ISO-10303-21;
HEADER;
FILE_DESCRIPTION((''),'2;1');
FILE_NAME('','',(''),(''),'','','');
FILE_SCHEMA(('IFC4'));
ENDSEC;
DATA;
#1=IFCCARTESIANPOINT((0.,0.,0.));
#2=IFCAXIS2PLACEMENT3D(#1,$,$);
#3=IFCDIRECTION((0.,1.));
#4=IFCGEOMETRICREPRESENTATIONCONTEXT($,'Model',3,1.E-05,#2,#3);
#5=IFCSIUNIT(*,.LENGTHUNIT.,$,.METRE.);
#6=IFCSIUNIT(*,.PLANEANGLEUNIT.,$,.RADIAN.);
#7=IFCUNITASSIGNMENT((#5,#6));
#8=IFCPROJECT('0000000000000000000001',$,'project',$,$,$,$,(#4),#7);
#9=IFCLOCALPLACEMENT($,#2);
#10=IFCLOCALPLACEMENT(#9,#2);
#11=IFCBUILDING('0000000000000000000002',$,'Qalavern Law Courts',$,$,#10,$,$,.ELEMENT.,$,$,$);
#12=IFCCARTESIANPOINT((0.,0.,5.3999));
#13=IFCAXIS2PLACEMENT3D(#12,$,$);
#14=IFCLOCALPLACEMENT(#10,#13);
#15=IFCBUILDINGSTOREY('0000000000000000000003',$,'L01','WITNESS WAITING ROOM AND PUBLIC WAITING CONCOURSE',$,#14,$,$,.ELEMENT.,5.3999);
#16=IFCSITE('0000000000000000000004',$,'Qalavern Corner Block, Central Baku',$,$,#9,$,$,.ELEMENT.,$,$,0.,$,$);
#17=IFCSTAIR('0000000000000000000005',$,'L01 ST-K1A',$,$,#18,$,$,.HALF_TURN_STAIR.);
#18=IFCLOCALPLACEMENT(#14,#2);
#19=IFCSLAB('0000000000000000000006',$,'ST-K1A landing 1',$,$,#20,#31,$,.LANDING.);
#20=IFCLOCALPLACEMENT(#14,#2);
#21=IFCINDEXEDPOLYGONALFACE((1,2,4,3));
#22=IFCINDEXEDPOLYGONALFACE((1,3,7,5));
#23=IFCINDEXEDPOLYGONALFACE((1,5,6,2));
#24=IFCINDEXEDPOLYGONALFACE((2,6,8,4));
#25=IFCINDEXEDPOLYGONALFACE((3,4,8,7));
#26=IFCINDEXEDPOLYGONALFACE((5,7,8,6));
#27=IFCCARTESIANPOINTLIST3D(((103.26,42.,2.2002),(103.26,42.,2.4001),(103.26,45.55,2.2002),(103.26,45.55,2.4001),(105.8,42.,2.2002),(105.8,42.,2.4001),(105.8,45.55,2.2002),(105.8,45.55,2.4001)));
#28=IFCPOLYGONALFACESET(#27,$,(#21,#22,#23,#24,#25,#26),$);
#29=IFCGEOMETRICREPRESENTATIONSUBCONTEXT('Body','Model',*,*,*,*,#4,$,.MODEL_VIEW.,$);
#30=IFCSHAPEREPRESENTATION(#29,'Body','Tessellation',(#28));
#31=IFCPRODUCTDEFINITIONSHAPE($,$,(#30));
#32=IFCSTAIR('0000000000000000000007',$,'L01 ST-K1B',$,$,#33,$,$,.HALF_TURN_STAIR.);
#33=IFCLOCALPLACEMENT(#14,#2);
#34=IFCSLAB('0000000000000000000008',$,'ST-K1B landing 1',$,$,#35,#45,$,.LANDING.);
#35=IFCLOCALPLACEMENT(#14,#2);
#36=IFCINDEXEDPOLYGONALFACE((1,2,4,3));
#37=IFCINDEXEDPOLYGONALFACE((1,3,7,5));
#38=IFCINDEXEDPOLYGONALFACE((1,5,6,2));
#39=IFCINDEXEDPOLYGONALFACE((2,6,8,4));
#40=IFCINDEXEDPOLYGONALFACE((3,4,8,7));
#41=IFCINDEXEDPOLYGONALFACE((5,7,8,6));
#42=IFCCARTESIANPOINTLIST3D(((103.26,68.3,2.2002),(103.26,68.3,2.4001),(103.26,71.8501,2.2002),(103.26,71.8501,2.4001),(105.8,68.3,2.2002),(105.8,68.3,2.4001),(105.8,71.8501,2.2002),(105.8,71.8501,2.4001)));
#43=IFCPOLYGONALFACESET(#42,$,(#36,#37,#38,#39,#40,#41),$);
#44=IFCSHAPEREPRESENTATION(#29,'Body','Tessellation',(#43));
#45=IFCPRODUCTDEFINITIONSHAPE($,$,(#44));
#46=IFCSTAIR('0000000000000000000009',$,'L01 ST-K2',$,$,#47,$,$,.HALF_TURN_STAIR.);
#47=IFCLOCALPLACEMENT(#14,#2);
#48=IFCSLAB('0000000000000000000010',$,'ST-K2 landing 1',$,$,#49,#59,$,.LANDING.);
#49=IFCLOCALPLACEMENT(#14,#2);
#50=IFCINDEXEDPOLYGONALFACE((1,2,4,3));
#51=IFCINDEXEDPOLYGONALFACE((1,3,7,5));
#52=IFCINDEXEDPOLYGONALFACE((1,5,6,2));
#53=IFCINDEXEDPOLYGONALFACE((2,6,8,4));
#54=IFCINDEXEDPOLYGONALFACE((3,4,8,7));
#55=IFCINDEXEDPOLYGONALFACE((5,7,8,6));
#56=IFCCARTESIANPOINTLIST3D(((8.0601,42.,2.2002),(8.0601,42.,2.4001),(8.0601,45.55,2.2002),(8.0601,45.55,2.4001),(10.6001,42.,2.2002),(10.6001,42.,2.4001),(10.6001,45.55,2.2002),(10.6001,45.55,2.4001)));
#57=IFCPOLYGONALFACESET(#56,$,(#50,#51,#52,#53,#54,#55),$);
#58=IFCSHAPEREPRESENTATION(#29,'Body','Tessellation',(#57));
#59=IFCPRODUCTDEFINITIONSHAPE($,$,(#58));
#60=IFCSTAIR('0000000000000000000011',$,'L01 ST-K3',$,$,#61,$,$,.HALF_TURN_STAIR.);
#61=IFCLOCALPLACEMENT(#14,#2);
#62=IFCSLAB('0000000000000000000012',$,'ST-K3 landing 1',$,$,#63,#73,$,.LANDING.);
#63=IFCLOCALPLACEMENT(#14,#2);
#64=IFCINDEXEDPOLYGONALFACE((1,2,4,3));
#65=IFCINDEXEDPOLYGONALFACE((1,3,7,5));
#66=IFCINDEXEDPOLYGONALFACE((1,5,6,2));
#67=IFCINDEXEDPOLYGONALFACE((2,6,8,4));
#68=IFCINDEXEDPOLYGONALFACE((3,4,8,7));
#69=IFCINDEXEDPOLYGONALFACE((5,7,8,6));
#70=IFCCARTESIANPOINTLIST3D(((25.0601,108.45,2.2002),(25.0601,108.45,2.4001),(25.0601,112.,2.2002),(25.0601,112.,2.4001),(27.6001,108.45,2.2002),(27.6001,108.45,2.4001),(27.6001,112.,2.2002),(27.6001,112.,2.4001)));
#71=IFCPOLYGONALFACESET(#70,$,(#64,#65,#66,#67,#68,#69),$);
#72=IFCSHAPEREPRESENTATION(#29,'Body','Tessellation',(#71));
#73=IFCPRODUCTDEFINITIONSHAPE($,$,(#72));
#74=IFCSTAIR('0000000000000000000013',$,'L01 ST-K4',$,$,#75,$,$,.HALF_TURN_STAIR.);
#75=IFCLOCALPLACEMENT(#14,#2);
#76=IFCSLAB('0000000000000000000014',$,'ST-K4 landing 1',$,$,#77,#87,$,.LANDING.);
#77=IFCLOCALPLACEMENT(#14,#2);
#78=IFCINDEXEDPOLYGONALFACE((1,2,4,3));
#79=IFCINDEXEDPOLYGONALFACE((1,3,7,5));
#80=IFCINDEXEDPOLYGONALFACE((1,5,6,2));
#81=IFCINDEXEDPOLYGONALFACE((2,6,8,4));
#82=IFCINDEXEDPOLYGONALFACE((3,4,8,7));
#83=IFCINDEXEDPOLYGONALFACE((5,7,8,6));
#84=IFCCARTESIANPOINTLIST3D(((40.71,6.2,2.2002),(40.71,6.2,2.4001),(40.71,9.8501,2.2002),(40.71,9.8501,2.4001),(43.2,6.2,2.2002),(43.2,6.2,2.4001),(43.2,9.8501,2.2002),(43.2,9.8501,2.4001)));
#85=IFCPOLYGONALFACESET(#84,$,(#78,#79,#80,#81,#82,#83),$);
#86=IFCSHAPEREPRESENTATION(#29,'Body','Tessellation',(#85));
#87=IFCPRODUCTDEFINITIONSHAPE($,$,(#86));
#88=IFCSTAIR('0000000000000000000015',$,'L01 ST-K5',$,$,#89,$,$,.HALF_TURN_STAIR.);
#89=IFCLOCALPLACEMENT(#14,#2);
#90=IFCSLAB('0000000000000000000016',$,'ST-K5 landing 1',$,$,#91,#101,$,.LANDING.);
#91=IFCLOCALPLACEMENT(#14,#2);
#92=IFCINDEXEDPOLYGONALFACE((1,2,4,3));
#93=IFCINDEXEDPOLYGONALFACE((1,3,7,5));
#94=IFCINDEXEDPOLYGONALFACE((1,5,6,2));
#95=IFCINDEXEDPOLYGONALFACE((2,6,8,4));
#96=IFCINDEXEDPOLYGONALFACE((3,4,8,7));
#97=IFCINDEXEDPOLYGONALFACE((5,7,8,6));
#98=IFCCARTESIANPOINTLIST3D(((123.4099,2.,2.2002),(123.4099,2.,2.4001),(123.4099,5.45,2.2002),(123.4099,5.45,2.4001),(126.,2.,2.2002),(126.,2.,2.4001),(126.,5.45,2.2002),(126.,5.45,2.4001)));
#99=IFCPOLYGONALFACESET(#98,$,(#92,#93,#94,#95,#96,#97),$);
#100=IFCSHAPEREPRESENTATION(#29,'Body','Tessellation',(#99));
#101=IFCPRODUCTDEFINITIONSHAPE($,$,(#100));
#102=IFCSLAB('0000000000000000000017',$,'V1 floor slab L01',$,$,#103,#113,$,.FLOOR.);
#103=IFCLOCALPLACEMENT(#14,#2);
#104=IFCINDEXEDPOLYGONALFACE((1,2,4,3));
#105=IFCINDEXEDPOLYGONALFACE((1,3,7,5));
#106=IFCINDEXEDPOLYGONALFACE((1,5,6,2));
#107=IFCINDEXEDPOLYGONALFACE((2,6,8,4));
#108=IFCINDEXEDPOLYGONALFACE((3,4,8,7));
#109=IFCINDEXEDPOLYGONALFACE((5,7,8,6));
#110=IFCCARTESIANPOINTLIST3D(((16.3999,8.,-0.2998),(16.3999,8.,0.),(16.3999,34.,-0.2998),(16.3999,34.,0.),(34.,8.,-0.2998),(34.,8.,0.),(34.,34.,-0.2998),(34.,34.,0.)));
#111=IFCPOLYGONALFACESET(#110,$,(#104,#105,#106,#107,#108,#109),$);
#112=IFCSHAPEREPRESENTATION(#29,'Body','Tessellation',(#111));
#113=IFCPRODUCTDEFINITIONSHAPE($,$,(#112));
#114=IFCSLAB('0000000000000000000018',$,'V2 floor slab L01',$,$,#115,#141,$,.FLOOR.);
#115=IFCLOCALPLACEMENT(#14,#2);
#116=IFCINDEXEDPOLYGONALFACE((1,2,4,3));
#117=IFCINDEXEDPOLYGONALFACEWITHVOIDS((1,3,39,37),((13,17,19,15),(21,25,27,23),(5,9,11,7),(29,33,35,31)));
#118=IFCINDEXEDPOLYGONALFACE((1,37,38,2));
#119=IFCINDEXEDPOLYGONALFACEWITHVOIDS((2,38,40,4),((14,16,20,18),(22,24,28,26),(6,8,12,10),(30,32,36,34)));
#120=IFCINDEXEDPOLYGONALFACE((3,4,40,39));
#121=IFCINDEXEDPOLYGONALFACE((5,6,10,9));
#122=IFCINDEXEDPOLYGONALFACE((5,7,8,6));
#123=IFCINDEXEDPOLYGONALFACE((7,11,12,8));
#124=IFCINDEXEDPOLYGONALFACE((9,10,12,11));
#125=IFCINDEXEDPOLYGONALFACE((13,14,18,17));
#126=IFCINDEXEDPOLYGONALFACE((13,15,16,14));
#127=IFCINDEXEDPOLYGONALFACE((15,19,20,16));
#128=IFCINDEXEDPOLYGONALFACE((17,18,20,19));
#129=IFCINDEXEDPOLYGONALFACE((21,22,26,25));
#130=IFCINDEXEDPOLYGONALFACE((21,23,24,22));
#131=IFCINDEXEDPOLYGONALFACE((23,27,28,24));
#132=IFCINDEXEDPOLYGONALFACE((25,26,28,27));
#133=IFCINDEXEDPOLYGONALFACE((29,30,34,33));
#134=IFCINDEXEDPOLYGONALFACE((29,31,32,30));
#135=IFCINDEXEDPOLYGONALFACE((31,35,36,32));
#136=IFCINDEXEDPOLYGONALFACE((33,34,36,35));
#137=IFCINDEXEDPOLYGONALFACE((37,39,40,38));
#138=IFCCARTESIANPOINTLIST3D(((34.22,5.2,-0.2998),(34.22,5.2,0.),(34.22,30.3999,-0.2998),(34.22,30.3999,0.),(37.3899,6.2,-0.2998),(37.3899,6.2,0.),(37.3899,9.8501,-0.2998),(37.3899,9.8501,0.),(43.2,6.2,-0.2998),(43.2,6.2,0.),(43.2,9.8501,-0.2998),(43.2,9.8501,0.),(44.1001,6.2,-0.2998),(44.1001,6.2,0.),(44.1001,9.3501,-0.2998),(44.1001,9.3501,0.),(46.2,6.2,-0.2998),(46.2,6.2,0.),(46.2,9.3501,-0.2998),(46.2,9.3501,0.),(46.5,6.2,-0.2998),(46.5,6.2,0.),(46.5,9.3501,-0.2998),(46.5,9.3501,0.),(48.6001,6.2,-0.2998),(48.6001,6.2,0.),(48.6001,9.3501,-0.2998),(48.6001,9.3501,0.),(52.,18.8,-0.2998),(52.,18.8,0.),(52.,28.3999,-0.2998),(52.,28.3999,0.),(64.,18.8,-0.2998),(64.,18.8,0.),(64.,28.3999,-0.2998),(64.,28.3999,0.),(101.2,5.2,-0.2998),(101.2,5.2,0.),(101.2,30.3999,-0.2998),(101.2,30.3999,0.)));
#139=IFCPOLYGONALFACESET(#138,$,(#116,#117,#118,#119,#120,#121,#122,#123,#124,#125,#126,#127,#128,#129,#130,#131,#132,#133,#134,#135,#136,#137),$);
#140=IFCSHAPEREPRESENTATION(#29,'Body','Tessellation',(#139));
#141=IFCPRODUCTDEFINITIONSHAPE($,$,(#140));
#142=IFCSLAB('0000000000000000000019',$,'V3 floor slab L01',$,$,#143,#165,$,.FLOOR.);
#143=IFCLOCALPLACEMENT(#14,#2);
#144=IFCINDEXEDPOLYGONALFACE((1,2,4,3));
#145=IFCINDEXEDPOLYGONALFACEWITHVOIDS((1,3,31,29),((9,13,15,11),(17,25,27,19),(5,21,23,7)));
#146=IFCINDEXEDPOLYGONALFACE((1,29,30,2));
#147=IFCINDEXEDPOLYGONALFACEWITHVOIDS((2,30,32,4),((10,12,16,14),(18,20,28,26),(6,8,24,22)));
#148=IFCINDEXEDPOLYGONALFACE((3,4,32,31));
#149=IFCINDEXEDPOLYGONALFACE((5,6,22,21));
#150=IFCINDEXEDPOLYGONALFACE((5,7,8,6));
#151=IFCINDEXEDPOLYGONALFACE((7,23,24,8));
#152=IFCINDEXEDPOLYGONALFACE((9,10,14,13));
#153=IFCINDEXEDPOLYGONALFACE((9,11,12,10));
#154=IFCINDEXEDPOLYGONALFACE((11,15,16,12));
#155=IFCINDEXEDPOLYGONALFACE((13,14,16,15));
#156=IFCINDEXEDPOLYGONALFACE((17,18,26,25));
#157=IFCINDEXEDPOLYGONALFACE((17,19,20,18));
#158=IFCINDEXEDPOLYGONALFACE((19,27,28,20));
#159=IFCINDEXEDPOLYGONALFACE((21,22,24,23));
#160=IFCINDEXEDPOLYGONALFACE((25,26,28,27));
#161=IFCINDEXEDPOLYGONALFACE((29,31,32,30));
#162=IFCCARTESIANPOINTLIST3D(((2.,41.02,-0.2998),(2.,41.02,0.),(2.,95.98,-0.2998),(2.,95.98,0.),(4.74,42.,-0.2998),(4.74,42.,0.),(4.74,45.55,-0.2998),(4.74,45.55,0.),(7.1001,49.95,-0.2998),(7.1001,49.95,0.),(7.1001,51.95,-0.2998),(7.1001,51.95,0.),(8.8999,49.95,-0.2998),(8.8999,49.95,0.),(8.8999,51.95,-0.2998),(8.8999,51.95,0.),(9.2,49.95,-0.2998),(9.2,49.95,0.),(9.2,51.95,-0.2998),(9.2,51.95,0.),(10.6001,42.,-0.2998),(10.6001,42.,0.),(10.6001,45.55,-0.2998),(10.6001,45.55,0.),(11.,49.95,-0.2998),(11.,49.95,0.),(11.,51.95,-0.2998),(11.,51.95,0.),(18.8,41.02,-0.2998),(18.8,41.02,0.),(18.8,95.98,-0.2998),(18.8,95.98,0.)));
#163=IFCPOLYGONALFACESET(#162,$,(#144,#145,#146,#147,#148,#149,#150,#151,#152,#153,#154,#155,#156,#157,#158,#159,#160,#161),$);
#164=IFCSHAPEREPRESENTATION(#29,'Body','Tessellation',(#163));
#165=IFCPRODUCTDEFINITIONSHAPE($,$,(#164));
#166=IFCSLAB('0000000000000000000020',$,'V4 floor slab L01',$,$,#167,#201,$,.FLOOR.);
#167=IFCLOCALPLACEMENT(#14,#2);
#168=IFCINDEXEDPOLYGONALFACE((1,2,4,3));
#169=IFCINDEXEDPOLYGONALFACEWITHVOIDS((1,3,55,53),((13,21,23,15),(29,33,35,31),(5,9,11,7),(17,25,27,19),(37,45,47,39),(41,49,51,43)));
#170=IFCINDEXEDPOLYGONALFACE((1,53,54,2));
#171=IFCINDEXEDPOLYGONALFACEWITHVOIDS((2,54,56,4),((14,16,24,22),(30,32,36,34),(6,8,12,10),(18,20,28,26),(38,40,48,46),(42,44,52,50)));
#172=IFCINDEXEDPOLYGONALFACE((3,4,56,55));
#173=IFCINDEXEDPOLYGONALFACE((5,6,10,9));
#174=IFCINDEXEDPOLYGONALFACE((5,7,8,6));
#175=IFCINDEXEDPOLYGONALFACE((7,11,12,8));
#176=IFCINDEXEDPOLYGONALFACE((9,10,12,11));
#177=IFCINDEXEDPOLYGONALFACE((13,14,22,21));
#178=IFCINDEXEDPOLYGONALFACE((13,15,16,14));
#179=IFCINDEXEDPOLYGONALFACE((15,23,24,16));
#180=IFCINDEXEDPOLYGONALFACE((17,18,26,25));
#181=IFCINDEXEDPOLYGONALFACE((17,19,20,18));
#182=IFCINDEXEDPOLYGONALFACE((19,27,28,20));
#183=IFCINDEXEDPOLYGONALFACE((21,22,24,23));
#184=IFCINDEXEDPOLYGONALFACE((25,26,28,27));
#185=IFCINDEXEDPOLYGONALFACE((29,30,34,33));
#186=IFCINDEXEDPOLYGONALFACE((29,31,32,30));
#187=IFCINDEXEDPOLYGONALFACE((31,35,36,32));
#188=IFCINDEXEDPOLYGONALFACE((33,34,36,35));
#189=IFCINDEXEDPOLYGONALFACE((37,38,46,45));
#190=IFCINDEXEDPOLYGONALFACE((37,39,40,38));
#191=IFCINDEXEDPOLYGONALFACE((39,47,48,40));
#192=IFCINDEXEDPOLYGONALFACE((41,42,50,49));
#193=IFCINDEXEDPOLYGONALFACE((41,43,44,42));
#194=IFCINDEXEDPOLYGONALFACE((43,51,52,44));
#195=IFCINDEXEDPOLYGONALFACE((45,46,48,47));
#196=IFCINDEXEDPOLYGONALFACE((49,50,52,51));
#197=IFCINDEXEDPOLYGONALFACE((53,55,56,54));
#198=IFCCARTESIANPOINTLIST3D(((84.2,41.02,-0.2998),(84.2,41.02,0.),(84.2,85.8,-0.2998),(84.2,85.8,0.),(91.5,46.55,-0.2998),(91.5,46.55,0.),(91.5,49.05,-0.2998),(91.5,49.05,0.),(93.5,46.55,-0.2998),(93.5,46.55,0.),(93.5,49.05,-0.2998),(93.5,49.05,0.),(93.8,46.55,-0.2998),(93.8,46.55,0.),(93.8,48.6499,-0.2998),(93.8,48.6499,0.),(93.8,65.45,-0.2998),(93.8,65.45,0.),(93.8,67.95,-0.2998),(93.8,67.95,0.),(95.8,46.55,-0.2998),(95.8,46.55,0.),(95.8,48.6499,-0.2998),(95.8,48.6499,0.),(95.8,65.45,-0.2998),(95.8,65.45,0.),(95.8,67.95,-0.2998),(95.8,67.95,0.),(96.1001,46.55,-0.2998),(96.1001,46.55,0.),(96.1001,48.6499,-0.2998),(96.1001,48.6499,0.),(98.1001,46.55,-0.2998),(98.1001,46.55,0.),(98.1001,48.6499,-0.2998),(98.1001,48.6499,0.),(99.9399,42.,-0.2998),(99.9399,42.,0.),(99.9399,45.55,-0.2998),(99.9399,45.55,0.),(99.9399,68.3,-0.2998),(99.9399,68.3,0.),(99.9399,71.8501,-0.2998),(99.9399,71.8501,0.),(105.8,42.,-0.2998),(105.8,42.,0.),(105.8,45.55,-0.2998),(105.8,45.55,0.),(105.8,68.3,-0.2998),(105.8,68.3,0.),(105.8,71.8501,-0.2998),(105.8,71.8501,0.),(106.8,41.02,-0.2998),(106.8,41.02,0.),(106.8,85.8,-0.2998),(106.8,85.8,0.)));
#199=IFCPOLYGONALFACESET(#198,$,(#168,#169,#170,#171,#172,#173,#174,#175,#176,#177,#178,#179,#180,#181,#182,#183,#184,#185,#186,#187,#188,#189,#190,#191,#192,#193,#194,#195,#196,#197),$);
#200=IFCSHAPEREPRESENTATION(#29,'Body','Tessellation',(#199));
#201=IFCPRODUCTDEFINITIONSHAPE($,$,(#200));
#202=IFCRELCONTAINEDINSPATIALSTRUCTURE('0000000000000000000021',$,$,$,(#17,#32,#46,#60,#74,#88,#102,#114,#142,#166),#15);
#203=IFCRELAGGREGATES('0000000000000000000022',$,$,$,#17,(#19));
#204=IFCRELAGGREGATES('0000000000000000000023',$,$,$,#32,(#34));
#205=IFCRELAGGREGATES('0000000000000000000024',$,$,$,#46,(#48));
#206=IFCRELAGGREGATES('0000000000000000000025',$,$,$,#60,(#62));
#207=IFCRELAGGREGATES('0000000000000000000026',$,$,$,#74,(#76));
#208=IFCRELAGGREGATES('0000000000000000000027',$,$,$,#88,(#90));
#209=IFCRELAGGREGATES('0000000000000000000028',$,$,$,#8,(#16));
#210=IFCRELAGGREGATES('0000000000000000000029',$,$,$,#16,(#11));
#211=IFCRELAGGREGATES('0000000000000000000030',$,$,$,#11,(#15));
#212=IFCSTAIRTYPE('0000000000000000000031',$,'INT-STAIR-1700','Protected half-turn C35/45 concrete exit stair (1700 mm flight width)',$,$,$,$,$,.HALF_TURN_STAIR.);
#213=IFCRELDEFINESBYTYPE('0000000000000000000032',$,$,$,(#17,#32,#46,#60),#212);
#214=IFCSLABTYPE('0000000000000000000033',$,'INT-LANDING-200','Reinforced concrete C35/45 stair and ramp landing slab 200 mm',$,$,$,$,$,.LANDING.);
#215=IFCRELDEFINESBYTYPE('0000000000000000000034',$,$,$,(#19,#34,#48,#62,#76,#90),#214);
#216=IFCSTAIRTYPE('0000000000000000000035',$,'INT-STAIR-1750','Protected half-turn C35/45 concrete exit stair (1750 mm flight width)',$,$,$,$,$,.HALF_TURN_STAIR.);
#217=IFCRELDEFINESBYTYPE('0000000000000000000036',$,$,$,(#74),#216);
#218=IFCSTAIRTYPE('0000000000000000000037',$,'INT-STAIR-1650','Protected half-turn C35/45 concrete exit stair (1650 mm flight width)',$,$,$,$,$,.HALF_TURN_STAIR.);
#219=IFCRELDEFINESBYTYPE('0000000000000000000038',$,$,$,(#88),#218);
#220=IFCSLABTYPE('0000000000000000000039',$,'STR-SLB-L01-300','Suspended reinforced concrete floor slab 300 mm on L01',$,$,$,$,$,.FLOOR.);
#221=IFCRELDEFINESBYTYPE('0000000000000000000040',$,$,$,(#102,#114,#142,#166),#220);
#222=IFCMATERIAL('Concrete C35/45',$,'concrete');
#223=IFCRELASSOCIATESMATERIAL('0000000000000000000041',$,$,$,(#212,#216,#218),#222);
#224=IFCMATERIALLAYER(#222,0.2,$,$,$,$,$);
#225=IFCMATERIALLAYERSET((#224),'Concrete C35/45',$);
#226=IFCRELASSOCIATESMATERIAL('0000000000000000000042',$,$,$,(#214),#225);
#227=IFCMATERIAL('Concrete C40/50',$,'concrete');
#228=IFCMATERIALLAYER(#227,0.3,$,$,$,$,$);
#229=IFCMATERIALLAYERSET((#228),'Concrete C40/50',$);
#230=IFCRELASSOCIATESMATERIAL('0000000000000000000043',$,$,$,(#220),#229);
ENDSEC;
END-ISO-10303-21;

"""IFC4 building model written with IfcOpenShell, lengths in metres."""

from ifc_helpers import new_model, si_unit, direction, frame, origin, place, context, subcontext, project, spatial, polyline, outline, extrude, material, layer, layer_set, type_object, element, aggregate, save


model = new_model("IFC4")

# Units and contexts
model_context = context("Model", 3, precision=1e-05, world=origin(), true_north=direction((0.0, 1.0)))
body_context = subcontext(model_context, "Body", "Model", "MODEL_VIEW")
ifc_project = project(units=[si_unit("LENGTHUNIT", "METRE"), si_unit("PLANEANGLEUNIT", "RADIAN")], contexts=[model_context])

# Site, building, storey
site_placement = place(None, origin())
site = spatial("IfcSite", under=ifc_project, at=site_placement, Name="Qalavern Corner Block, Central Baku", CompositionType="ELEMENT", RefElevation=0.0)
building_placement = place(site_placement, origin())
building = spatial("IfcBuilding", under=site, at=building_placement, Name="Qalavern Law Courts", CompositionType="ELEMENT")
storey_placement = place(building_placement, frame((0.0, 0.0, 5.3999)))
storey = spatial("IfcBuildingStorey", under=building, at=storey_placement, Name="L01", Description="WITNESS WAITING ROOM AND PUBLIC WAITING CONCOURSE", CompositionType="ELEMENT", Elevation=5.3999)

# Stairs, slabs
ifc_material_1 = material(Name="Concrete C35/45", Category="concrete")
stair_type_1 = type_object("IfcStairType", Name="INT-STAIR-1700", Description="Protected half-turn C35/45 concrete exit stair (1700 mm flight width)", PredefinedType="HALF_TURN_STAIR", material=ifc_material_1)
stair_1_placement = place(storey_placement, origin())
stair_1 = element("IfcStair", 1, at=stair_1_placement, inside=storey, type_object=stair_type_1, Name="L01 ST-K1A", PredefinedType="HALF_TURN_STAIR")
ifc_layer_1 = layer(ifc_material_1, 0.2)
ifc_layer_set_1 = layer_set([ifc_layer_1], Name="Concrete C35/45")
slab_type_1 = type_object("IfcSlabType", Name="INT-LANDING-200", Description="Reinforced concrete C35/45 stair and ramp landing slab 200 mm", PredefinedType="LANDING", material=ifc_layer_set_1)
slab_1_placement = place(storey_placement, frame((0.0, 0.0, 2.2002)))
slab_1 = element("IfcSlab", 2, at=slab_1_placement, type_object=slab_type_1, Name="ST-K1A landing 1", PredefinedType="LANDING", context=body_context, shape_type="SweptSolid", body=[
    extrude(outline(polyline([(103.26, 42.0), (105.8, 42.0), (105.8, 45.55), (103.26, 45.55), (103.26, 42.0)])), origin(), (0.0, 0.0, 1.0), 0.2),
])
aggregate(stair_1, [slab_1])
stair_2_placement = place(storey_placement, origin())
stair_2 = element("IfcStair", 3, at=stair_2_placement, inside=storey, type_object=stair_type_1, Name="L01 ST-K1B", PredefinedType="HALF_TURN_STAIR")
slab_2_placement = place(storey_placement, frame((0.0, 0.0, 2.2002)))
slab_2 = element("IfcSlab", 4, at=slab_2_placement, type_object=slab_type_1, Name="ST-K1B landing 1", PredefinedType="LANDING", context=body_context, shape_type="SweptSolid", body=[
    extrude(outline(polyline([(103.26, 68.3), (105.8, 68.3), (105.8, 71.8501), (103.26, 71.8501), (103.26, 68.3)])), origin(), (0.0, 0.0, 1.0), 0.2),
])
aggregate(stair_2, [slab_2])
stair_3_placement = place(storey_placement, origin())
stair_3 = element("IfcStair", 5, at=stair_3_placement, inside=storey, type_object=stair_type_1, Name="L01 ST-K2", PredefinedType="HALF_TURN_STAIR")
slab_3_placement = place(storey_placement, frame((0.0, 0.0, 2.2002)))
slab_3 = element("IfcSlab", 6, at=slab_3_placement, type_object=slab_type_1, Name="ST-K2 landing 1", PredefinedType="LANDING", context=body_context, shape_type="SweptSolid", body=[
    extrude(outline(polyline([(8.0601, 42.0), (10.6001, 42.0), (10.6001, 45.55), (8.0601, 45.55), (8.0601, 42.0)])), origin(), (0.0, 0.0, 1.0), 0.2),
])
aggregate(stair_3, [slab_3])
stair_4_placement = place(storey_placement, origin())
stair_4 = element("IfcStair", 7, at=stair_4_placement, inside=storey, type_object=stair_type_1, Name="L01 ST-K3", PredefinedType="HALF_TURN_STAIR")
slab_4_placement = place(storey_placement, frame((0.0, 0.0, 2.2002)))
slab_4 = element("IfcSlab", 8, at=slab_4_placement, type_object=slab_type_1, Name="ST-K3 landing 1", PredefinedType="LANDING", context=body_context, shape_type="SweptSolid", body=[
    extrude(outline(polyline([(25.0601, 108.45), (27.6001, 108.45), (27.6001, 112.0), (25.0601, 112.0), (25.0601, 108.45)])), origin(), (0.0, 0.0, 1.0), 0.2),
])
aggregate(stair_4, [slab_4])
stair_type_2 = type_object("IfcStairType", Name="INT-STAIR-1750", Description="Protected half-turn C35/45 concrete exit stair (1750 mm flight width)", PredefinedType="HALF_TURN_STAIR", material=ifc_material_1)
stair_5_placement = place(storey_placement, origin())
stair_5 = element("IfcStair", 9, at=stair_5_placement, inside=storey, type_object=stair_type_2, Name="L01 ST-K4", PredefinedType="HALF_TURN_STAIR")
slab_5_placement = place(storey_placement, frame((0.0, 0.0, 2.2002)))
slab_5 = element("IfcSlab", 10, at=slab_5_placement, type_object=slab_type_1, Name="ST-K4 landing 1", PredefinedType="LANDING", context=body_context, shape_type="SweptSolid", body=[
    extrude(outline(polyline([(40.71, 6.2), (43.2, 6.2), (43.2, 9.8501), (40.71, 9.8501), (40.71, 6.2)])), origin(), (0.0, 0.0, 1.0), 0.2),
])
aggregate(stair_5, [slab_5])
stair_type_3 = type_object("IfcStairType", Name="INT-STAIR-1650", Description="Protected half-turn C35/45 concrete exit stair (1650 mm flight width)", PredefinedType="HALF_TURN_STAIR", material=ifc_material_1)
stair_6_placement = place(storey_placement, origin())
stair_6 = element("IfcStair", 11, at=stair_6_placement, inside=storey, type_object=stair_type_3, Name="L01 ST-K5", PredefinedType="HALF_TURN_STAIR")
slab_6_placement = place(storey_placement, frame((0.0, 0.0, 2.2002)))
slab_6 = element("IfcSlab", 12, at=slab_6_placement, type_object=slab_type_1, Name="ST-K5 landing 1", PredefinedType="LANDING", context=body_context, shape_type="SweptSolid", body=[
    extrude(outline(polyline([(123.4099, 2.0), (126.0, 2.0), (126.0, 5.45), (123.4099, 5.45), (123.4099, 2.0)])), origin(), (0.0, 0.0, 1.0), 0.2),
])
aggregate(stair_6, [slab_6])

# Slabs
ifc_material_2 = material(Name="Concrete C40/50", Category="concrete")
ifc_layer_2 = layer(ifc_material_2, 0.3)
ifc_layer_set_2 = layer_set([ifc_layer_2], Name="Concrete C40/50")
slab_type_2 = type_object("IfcSlabType", Name="STR-SLB-L01-300", Description="Suspended reinforced concrete floor slab 300 mm on L01", PredefinedType="FLOOR", material=ifc_layer_set_2)
slab_7_placement = place(storey_placement, frame((0.0, 0.0, -0.2998)))
element("IfcSlab", 13, at=slab_7_placement, inside=storey, type_object=slab_type_2, Name="V1 floor slab L01", PredefinedType="FLOOR", context=body_context, shape_type="SweptSolid", body=[
    extrude(outline(polyline([(16.3999, 8.0), (34.0, 8.0), (34.0, 34.0), (16.3999, 34.0), (16.3999, 8.0)])), origin(), (0.0, 0.0, 1.0), 0.2998),
])
slab_8_placement = place(storey_placement, frame((0.0, 0.0, -0.2998)))
element("IfcSlab", 14, at=slab_8_placement, inside=storey, type_object=slab_type_2, Name="V2 floor slab L01", PredefinedType="FLOOR", context=body_context, shape_type="SweptSolid", body=[
    extrude(outline(polyline([(34.22, 5.2), (101.2, 5.2), (101.2, 30.3999), (34.22, 30.3999), (34.22, 5.2)]), holes=[polyline([(37.3899, 6.2), (43.2, 6.2), (43.2, 9.8501), (37.3899, 9.8501), (37.3899, 6.2)]), polyline([(44.1001, 6.2), (46.2, 6.2), (46.2, 9.3501), (44.1001, 9.3501), (44.1001, 6.2)]), polyline([(46.5, 6.2), (48.6001, 6.2), (48.6001, 9.3501), (46.5, 9.3501), (46.5, 6.2)]), polyline([(52.0, 18.8), (64.0, 18.8), (64.0, 28.3999), (52.0, 28.3999), (52.0, 18.8)])]), origin(), (0.0, 0.0, 1.0), 0.2998),
])
slab_9_placement = place(storey_placement, frame((0.0, 0.0, -0.2998)))
element("IfcSlab", 15, at=slab_9_placement, inside=storey, type_object=slab_type_2, Name="V3 floor slab L01", PredefinedType="FLOOR", context=body_context, shape_type="SweptSolid", body=[
    extrude(outline(polyline([(2.0, 41.02), (18.8, 41.02), (18.8, 95.98), (2.0, 95.98), (2.0, 41.02)]), holes=[polyline([(4.74, 42.0), (10.6001, 42.0), (10.6001, 45.55), (4.74, 45.55), (4.74, 42.0)]), polyline([(7.1001, 49.95), (8.8999, 49.95), (8.8999, 51.95), (7.1001, 51.95), (7.1001, 49.95)]), polyline([(9.2, 49.95), (11.0, 49.95), (11.0, 51.95), (9.2, 51.95), (9.2, 49.95)])]), origin(), (0.0, 0.0, 1.0), 0.2998),
])
slab_10_placement = place(storey_placement, frame((0.0, 0.0, -0.2998)))
element("IfcSlab", 16, at=slab_10_placement, inside=storey, type_object=slab_type_2, Name="V4 floor slab L01", PredefinedType="FLOOR", context=body_context, shape_type="SweptSolid", body=[
    extrude(outline(polyline([(84.2, 41.02), (106.8, 41.02), (106.8, 85.8), (84.2, 85.8), (84.2, 41.02)]), holes=[polyline([(99.9399, 42.0), (105.8, 42.0), (105.8, 45.55), (99.9399, 45.55), (99.9399, 42.0)]), polyline([(91.5, 46.55), (93.5, 46.55), (93.5, 49.05), (91.5, 49.05), (91.5, 46.55)]), polyline([(93.8, 46.55), (95.8, 46.55), (95.8, 48.6499), (93.8, 48.6499), (93.8, 46.55)]), polyline([(96.1001, 46.55), (98.1001, 46.55), (98.1001, 48.6499), (96.1001, 48.6499), (96.1001, 46.55)]), polyline([(99.9399, 68.3), (105.8, 68.3), (105.8, 71.8501), (99.9399, 71.8501), (99.9399, 68.3)]), polyline([(93.8, 65.45), (95.8, 65.45), (95.8, 67.95), (93.8, 67.95), (93.8, 65.45)])]), origin(), (0.0, 0.0, 1.0), 0.2998),
])

save(model, "model.ifc")
